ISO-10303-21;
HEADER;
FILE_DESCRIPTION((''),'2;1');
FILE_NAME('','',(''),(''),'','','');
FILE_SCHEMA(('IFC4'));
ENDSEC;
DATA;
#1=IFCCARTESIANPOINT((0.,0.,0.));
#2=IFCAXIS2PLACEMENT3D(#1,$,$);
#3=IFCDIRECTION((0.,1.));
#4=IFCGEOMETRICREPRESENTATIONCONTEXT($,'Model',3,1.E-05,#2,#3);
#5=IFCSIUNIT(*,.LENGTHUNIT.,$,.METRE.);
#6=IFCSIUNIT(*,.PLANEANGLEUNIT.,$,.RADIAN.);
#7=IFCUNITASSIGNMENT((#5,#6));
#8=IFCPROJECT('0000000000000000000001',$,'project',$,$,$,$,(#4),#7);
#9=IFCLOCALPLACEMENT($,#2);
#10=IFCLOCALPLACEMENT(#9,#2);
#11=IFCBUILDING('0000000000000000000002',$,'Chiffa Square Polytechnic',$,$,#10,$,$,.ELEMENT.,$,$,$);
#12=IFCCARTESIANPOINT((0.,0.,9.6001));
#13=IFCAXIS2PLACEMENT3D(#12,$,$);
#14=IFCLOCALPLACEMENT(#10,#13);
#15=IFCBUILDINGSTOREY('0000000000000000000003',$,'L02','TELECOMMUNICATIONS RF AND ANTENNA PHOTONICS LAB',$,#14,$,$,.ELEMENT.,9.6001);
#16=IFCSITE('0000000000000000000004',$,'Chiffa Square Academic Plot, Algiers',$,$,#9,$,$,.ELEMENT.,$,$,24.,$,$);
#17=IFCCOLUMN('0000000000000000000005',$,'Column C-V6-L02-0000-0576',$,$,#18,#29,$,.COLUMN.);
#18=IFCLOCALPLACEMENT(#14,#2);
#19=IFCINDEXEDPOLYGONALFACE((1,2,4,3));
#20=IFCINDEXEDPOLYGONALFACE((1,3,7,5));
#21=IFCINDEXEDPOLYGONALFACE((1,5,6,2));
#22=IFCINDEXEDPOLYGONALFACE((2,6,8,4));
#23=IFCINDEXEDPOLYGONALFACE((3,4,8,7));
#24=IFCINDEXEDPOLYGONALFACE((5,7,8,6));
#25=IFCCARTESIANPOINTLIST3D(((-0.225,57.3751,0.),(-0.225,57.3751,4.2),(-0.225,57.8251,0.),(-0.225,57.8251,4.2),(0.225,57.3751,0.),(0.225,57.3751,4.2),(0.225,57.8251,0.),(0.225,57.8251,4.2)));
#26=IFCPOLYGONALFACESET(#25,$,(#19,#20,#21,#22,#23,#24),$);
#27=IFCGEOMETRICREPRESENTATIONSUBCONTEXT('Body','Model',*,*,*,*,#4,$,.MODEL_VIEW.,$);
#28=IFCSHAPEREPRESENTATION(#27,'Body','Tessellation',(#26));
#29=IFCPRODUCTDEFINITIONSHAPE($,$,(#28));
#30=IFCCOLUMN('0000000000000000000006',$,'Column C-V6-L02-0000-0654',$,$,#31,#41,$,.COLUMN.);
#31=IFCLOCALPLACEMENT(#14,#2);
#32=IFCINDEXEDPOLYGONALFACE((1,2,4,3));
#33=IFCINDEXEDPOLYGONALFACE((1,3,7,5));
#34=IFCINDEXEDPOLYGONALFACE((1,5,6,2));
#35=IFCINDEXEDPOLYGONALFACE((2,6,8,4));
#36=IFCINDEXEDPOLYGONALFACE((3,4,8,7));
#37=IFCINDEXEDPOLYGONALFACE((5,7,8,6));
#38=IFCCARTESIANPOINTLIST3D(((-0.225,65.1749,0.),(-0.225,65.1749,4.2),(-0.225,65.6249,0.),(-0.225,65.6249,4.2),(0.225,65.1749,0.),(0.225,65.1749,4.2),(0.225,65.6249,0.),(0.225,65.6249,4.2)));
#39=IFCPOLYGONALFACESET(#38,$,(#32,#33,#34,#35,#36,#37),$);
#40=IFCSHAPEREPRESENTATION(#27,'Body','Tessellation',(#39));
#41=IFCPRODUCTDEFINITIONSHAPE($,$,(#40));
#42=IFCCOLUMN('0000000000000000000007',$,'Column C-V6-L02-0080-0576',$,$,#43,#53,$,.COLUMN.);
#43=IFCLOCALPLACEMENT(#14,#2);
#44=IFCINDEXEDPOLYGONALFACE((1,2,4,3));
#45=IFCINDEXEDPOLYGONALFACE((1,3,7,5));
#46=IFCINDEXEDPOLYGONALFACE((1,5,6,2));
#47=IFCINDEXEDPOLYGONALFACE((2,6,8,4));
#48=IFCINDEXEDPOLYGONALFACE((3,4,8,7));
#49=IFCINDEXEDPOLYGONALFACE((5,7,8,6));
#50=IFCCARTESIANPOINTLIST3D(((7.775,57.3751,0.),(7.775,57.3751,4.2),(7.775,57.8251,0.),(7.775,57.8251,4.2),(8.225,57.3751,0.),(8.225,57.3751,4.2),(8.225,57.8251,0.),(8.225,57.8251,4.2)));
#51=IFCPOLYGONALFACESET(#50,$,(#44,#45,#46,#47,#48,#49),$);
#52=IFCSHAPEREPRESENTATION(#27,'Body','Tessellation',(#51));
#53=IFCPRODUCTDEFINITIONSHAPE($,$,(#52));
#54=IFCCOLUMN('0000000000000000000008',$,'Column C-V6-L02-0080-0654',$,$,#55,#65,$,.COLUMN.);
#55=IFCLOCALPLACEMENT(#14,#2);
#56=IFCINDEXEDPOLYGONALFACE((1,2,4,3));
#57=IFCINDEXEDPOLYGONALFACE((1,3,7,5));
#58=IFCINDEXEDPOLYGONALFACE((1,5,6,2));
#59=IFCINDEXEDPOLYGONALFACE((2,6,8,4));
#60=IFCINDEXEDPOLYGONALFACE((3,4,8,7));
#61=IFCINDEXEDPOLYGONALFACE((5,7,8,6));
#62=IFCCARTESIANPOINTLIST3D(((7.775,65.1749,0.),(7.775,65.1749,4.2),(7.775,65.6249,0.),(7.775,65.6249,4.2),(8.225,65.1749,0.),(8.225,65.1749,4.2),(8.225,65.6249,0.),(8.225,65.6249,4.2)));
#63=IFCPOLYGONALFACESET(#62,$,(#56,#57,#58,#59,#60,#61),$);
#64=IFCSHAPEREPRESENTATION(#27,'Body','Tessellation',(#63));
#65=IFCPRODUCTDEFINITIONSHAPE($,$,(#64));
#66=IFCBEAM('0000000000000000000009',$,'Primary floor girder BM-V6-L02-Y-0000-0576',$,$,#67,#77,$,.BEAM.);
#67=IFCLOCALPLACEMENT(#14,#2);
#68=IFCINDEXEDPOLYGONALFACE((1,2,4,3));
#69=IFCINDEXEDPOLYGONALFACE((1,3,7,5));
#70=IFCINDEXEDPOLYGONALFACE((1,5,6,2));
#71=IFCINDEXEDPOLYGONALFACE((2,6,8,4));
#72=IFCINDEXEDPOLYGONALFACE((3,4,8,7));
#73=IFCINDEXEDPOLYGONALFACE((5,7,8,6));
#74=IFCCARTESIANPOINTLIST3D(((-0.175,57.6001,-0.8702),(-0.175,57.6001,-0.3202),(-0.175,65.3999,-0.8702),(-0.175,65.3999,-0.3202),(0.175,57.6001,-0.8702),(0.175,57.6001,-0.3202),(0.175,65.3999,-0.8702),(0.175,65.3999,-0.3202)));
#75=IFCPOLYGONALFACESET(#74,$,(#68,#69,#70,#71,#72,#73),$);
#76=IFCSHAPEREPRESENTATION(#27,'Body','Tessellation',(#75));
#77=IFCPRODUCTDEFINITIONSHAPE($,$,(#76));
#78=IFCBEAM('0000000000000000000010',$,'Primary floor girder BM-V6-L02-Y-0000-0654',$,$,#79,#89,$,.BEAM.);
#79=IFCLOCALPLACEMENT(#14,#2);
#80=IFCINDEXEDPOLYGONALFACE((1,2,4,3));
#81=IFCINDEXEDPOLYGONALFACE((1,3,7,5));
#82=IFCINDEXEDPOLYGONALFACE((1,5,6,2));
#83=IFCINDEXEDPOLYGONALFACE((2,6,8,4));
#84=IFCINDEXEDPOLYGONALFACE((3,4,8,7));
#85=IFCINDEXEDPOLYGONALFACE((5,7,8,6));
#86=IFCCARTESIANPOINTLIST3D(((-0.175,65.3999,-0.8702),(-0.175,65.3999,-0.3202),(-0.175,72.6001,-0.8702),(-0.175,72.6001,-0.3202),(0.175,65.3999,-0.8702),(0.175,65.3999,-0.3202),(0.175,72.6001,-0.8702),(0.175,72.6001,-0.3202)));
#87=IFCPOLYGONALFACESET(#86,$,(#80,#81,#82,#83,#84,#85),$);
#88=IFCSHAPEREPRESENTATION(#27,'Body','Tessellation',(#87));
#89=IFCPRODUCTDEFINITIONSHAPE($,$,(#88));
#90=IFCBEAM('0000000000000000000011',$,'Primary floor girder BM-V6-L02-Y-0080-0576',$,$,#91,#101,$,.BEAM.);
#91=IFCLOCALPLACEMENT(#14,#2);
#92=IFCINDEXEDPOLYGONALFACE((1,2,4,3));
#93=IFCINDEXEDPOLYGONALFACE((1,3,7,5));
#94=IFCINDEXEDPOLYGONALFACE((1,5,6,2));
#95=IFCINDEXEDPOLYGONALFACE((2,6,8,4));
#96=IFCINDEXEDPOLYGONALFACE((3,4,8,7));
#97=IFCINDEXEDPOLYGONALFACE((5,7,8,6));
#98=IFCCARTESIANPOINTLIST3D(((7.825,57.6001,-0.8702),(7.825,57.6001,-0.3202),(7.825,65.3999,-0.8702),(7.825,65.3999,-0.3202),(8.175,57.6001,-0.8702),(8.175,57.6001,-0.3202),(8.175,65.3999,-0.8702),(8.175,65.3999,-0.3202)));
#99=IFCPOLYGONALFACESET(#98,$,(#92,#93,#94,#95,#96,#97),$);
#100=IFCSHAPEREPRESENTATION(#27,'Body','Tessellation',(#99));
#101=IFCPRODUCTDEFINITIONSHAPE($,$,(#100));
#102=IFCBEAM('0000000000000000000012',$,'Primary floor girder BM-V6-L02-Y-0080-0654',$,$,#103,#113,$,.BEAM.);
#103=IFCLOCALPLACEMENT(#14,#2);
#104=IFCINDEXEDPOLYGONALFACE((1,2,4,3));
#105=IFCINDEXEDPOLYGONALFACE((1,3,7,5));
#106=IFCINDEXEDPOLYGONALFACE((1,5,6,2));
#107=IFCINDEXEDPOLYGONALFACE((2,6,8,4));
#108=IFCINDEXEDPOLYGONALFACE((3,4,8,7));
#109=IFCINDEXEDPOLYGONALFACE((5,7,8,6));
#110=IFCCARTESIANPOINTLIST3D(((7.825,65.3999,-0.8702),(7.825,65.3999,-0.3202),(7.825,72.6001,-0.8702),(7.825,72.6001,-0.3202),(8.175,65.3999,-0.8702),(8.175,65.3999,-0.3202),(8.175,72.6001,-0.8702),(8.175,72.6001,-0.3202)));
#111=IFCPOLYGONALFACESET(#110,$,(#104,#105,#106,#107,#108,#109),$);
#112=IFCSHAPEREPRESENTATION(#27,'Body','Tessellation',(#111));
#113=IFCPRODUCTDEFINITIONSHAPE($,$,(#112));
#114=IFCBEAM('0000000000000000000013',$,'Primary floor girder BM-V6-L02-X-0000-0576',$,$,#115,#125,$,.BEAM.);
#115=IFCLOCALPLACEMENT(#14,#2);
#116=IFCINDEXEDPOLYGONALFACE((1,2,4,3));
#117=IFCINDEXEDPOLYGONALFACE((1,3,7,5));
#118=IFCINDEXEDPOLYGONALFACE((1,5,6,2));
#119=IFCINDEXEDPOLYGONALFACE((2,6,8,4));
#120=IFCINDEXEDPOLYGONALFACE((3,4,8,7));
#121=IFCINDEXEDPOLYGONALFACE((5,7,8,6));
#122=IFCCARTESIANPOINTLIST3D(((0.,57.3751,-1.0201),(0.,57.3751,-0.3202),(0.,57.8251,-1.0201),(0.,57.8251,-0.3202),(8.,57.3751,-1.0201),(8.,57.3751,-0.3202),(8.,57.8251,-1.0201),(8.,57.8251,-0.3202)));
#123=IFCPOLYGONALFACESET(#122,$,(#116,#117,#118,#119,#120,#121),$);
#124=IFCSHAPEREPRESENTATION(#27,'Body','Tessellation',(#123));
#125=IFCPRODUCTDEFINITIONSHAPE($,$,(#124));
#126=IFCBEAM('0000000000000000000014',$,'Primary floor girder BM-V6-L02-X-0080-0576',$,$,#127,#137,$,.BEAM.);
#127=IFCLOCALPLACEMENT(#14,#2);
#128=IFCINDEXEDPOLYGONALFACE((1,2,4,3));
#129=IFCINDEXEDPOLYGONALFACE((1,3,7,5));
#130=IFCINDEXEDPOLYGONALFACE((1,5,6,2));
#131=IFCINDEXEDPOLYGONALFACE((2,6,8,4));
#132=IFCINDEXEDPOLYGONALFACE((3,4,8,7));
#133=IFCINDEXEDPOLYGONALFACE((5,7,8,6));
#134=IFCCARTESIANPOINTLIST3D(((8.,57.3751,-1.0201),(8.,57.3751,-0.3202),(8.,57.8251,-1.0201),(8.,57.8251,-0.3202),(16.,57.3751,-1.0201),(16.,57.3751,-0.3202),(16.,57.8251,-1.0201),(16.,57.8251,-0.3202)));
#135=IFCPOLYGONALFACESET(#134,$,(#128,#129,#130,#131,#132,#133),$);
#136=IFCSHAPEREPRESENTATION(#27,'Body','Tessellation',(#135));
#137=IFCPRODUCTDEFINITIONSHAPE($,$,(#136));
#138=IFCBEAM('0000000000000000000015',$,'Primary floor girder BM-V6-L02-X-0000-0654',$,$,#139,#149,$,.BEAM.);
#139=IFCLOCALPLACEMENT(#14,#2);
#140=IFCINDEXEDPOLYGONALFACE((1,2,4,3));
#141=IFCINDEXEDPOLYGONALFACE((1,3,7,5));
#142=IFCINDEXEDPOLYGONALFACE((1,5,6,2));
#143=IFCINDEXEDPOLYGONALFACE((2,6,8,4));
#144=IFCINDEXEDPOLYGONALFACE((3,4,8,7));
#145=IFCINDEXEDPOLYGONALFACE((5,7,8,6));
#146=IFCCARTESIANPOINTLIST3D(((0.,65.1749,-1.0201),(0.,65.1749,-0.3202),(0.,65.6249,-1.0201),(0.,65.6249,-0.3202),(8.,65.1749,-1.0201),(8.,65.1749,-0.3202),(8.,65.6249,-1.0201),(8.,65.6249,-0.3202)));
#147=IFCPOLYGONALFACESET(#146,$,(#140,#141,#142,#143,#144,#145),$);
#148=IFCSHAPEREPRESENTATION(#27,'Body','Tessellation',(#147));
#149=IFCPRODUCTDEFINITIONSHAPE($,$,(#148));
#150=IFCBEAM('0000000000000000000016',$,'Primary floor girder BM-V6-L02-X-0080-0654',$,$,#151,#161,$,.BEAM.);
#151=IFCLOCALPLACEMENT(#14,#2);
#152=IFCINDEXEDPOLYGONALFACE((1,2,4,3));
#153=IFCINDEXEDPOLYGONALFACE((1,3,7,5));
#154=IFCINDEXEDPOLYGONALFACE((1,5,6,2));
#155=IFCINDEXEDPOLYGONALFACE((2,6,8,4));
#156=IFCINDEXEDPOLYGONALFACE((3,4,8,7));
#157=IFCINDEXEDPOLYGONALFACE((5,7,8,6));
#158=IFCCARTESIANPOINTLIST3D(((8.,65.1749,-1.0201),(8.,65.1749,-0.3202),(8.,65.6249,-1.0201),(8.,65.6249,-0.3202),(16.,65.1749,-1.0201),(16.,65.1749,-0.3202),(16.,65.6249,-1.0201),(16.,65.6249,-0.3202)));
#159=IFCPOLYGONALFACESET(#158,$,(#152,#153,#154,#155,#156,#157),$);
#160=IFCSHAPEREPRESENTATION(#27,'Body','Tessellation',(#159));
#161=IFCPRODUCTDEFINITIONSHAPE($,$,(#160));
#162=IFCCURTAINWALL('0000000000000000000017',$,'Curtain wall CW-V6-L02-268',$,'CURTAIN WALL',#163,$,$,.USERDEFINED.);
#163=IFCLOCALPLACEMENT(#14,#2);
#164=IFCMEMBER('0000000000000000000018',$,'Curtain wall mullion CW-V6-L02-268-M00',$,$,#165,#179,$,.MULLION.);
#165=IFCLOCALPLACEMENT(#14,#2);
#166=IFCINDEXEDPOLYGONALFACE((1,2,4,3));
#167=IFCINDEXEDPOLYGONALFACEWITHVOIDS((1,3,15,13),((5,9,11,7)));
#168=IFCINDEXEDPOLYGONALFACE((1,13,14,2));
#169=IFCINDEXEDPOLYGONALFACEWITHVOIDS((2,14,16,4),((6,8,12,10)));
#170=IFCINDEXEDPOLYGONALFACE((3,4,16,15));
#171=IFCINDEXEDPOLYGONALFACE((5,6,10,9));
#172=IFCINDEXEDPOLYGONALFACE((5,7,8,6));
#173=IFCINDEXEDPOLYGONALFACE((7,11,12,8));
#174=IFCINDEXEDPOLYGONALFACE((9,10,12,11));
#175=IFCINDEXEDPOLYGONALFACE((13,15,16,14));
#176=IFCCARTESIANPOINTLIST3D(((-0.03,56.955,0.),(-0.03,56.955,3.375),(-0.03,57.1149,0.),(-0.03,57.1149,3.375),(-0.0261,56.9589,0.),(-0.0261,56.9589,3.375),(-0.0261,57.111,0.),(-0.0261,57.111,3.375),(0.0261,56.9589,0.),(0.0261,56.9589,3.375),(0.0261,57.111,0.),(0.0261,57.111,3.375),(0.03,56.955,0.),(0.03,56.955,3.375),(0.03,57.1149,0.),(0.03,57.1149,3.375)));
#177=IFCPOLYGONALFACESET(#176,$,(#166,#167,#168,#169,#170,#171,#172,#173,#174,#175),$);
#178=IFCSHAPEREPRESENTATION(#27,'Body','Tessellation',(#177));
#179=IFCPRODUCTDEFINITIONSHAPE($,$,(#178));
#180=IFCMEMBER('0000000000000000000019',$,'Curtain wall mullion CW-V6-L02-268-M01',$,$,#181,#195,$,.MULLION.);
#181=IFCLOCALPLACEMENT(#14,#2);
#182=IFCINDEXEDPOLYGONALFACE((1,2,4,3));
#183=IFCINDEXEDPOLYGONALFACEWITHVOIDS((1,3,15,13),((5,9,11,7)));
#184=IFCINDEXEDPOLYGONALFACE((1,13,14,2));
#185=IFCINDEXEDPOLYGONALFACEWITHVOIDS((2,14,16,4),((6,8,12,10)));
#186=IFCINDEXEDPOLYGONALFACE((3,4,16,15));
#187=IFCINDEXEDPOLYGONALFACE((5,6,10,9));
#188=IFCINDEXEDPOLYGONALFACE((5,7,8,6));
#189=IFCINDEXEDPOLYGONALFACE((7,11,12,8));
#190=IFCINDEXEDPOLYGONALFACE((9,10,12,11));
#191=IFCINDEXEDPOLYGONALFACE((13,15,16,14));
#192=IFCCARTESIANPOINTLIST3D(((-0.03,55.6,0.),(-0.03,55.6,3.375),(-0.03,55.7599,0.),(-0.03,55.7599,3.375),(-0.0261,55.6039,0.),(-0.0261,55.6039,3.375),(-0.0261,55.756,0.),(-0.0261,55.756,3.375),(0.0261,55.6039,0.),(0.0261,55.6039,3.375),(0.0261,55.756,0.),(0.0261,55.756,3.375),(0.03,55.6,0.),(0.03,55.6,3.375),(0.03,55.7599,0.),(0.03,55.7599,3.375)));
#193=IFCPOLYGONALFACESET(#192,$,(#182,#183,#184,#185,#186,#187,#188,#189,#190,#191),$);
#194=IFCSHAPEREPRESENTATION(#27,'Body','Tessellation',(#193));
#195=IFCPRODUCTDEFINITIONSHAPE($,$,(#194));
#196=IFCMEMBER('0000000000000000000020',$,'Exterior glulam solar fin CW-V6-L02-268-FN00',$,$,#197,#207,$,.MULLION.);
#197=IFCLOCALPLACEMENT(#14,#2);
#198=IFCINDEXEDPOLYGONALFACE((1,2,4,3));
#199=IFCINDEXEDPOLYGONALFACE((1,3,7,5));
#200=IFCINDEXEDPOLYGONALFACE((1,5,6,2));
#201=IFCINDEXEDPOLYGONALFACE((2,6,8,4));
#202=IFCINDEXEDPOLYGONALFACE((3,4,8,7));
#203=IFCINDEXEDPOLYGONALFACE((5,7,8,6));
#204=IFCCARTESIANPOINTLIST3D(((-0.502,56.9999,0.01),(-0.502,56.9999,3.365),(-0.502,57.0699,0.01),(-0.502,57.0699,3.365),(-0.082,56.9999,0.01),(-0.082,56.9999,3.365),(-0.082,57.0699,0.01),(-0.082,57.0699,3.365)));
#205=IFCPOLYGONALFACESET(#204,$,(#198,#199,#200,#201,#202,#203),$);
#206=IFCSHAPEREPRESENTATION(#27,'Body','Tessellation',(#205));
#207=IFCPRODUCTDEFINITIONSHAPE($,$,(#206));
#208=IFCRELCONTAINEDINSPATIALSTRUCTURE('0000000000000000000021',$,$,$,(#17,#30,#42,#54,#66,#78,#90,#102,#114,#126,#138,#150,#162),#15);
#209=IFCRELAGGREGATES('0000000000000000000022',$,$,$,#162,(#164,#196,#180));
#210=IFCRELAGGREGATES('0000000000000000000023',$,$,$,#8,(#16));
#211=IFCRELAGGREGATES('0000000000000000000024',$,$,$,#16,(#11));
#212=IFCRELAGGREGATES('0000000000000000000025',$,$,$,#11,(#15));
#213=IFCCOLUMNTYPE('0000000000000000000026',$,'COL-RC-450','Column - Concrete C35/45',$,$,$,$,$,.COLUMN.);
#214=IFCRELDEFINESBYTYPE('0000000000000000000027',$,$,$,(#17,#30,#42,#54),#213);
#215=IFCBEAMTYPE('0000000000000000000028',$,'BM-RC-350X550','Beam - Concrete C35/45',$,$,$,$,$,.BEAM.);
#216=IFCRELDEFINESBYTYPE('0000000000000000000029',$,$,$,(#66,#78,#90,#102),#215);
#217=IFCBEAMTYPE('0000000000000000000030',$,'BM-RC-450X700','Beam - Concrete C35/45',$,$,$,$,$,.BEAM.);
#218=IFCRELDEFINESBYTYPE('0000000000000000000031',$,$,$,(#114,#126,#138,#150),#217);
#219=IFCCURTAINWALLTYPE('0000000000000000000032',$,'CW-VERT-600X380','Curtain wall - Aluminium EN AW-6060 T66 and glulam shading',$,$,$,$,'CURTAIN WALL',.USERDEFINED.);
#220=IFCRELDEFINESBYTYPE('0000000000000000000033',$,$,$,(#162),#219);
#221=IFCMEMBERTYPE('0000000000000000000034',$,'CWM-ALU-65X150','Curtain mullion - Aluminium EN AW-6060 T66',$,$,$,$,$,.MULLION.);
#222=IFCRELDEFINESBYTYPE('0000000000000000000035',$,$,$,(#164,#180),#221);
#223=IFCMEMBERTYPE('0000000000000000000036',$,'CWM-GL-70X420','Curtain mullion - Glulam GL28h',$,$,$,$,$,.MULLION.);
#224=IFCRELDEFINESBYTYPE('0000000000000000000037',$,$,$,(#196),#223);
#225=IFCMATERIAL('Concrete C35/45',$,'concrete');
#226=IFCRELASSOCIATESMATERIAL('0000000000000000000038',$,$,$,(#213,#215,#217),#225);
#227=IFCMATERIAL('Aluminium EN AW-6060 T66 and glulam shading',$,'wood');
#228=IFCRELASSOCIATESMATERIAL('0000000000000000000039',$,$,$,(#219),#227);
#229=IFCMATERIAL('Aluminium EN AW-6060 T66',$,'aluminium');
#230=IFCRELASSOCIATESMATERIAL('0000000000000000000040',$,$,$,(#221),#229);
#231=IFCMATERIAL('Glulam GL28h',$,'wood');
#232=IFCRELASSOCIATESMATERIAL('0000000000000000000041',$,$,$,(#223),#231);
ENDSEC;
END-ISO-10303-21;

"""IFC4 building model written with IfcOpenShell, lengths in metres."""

from ifc_helpers import new_model, si_unit, direction, frame, origin, origin_2d, place, context, subcontext, project, spatial, rectangle, hollow_rectangle, extrude, material, material_profile, profile_set, type_object, element, aggregate, save


model = new_model("IFC4")

# Units and contexts
model_context = context("Model", 3, precision=1e-05, world=origin(), true_north=direction((0.0, 1.0)))
body_context = subcontext(model_context, "Body", "Model", "MODEL_VIEW")
ifc_project = project(units=[si_unit("LENGTHUNIT", "METRE"), si_unit("PLANEANGLEUNIT", "RADIAN")], contexts=[model_context])

# Site, building, storey
site_placement = place(None, origin())
site = spatial("IfcSite", under=ifc_project, at=site_placement, Name="Chiffa Square Academic Plot, Algiers", CompositionType="ELEMENT", RefElevation=24.0)
building_placement = place(site_placement, origin())
building = spatial("IfcBuilding", under=site, at=building_placement, Name="Chiffa Square Polytechnic", CompositionType="ELEMENT")
storey_placement = place(building_placement, frame((0.0, 0.0, 9.6001)))
storey = spatial("IfcBuildingStorey", under=building, at=storey_placement, Name="L02", Description="TELECOMMUNICATIONS RF AND ANTENNA PHOTONICS LAB", CompositionType="ELEMENT", Elevation=9.6001)

# Columns
ifc_material_1 = material(Name="Concrete C35/45", Category="concrete")
ifc_material_profile_1 = material_profile(ifc_material_1, rectangle(XDim=0.45, YDim=0.45, at=origin_2d()), Name="RC 450x450")
ifc_profile_set_1 = profile_set([ifc_material_profile_1], Name="Concrete C35/45")
column_type = type_object("IfcColumnType", Name="COL-RC-450", Description="Column - Concrete C35/45", PredefinedType="COLUMN", material=ifc_profile_set_1)
for number, where, z_axis, x_axis, name in (
    (1, (0.0, 57.6001, 0.0), (0.0, 0.0, 1.0), (1.0, 0.0, 0.0), "Column C-V6-L02-0000-0576"),
    (2, (0.0, 65.3999, 0.0), (0.0, 0.0, 1.0), (1.0, 0.0, 0.0), "Column C-V6-L02-0000-0654"),
    (3, (8.0, 57.6001, 0.0), (0.0, 0.0, 1.0), (1.0, 0.0, 0.0), "Column C-V6-L02-0080-0576"),
    (4, (8.0, 65.3999, 0.0), (0.0, 0.0, 1.0), (1.0, 0.0, 0.0), "Column C-V6-L02-0080-0654"),
):
    element("IfcColumn", number, at=place(storey_placement, frame(where, z_axis=z_axis, x_axis=x_axis)), inside=storey, type_object=column_type, Name=name, PredefinedType="COLUMN", context=body_context, shape_type="SweptSolid", body=[
        extrude(rectangle(XDim=0.45, YDim=0.45, at=origin_2d()), origin(), (0.0, 0.0, 1.0), 4.2),
    ])

# Beams
ifc_material_profile_2 = material_profile(ifc_material_1, rectangle(XDim=0.3501, YDim=0.55, at=origin_2d()), Name="RC 350x550")
ifc_profile_set_2 = profile_set([ifc_material_profile_2], Name="Concrete C35/45")
beam_type_1 = type_object("IfcBeamType", Name="BM-RC-350X550", Description="Beam - Concrete C35/45", PredefinedType="BEAM", material=ifc_profile_set_2)
beam_1_placement = place(storey_placement, frame((0.0, 57.6001, -0.5952), z_axis=(0.0, 1.0, 0.0), x_axis=(-1.0, 0.0, 0.0)))
element("IfcBeam", 5, at=beam_1_placement, inside=storey, type_object=beam_type_1, Name="Primary floor girder BM-V6-L02-Y-0000-0576", PredefinedType="BEAM", context=body_context, shape_type="SweptSolid", body=[
    extrude(rectangle(XDim=0.3501, YDim=0.55, at=origin_2d()), origin(), (0.0, 0.0, 1.0), 7.7998),
])
beam_2_placement = place(storey_placement, frame((0.0, 65.3999, -0.5952), z_axis=(0.0, 1.0, 0.0), x_axis=(-1.0, 0.0, 0.0)))
element("IfcBeam", 6, at=beam_2_placement, inside=storey, type_object=beam_type_1, Name="Primary floor girder BM-V6-L02-Y-0000-0654", PredefinedType="BEAM", context=body_context, shape_type="SweptSolid", body=[
    extrude(rectangle(XDim=0.3501, YDim=0.55, at=origin_2d()), origin(), (0.0, 0.0, 1.0), 7.2002),
])
beam_3_placement = place(storey_placement, frame((8.0, 57.6001, -0.5952), z_axis=(0.0, 1.0, 0.0), x_axis=(-1.0, 0.0, 0.0)))
element("IfcBeam", 7, at=beam_3_placement, inside=storey, type_object=beam_type_1, Name="Primary floor girder BM-V6-L02-Y-0080-0576", PredefinedType="BEAM", context=body_context, shape_type="SweptSolid", body=[
    extrude(rectangle(XDim=0.3501, YDim=0.55, at=origin_2d()), origin(), (0.0, 0.0, 1.0), 7.7998),
])
beam_4_placement = place(storey_placement, frame((8.0, 65.3999, -0.5952), z_axis=(0.0, 1.0, 0.0), x_axis=(-1.0, 0.0, 0.0)))
element("IfcBeam", 8, at=beam_4_placement, inside=storey, type_object=beam_type_1, Name="Primary floor girder BM-V6-L02-Y-0080-0654", PredefinedType="BEAM", context=body_context, shape_type="SweptSolid", body=[
    extrude(rectangle(XDim=0.3501, YDim=0.55, at=origin_2d()), origin(), (0.0, 0.0, 1.0), 7.2002),
])
ifc_material_profile_3 = material_profile(ifc_material_1, rectangle(XDim=0.45, YDim=0.7, at=origin_2d()), Name="RC 450x700")
ifc_profile_set_3 = profile_set([ifc_material_profile_3], Name="Concrete C35/45")
beam_type_2 = type_object("IfcBeamType", Name="BM-RC-450X700", Description="Beam - Concrete C35/45", PredefinedType="BEAM", material=ifc_profile_set_3)
for number, where, z_axis, x_axis, name in (
    (9, (0.0, 57.6001, -0.6702), (1.0, 0.0, 0.0), (0.0, 1.0, 0.0), "Primary floor girder BM-V6-L02-X-0000-0576"),
    (10, (8.0, 57.6001, -0.6702), (1.0, 0.0, 0.0), (0.0, 1.0, 0.0), "Primary floor girder BM-V6-L02-X-0080-0576"),
    (11, (0.0, 65.3999, -0.6702), (1.0, 0.0, 0.0), (0.0, 1.0, 0.0), "Primary floor girder BM-V6-L02-X-0000-0654"),
    (12, (8.0, 65.3999, -0.6702), (1.0, 0.0, 0.0), (0.0, 1.0, 0.0), "Primary floor girder BM-V6-L02-X-0080-0654"),
):
    element("IfcBeam", number, at=place(storey_placement, frame(where, z_axis=z_axis, x_axis=x_axis)), inside=storey, type_object=beam_type_2, Name=name, PredefinedType="BEAM", context=body_context, shape_type="SweptSolid", body=[
        extrude(rectangle(XDim=0.45, YDim=0.7, at=origin_2d()), origin(), (0.0, 0.0, 1.0), 8.0),
    ])

# Curtain wall, members
ifc_material_2 = material(Name="Aluminium EN AW-6060 T66 and glulam shading", Category="wood")
curtain_wall_type = type_object("IfcCurtainWallType", Name="CW-VERT-600X380", Description="Curtain wall - Aluminium EN AW-6060 T66 and glulam shading", ElementType="CURTAIN WALL", PredefinedType="USERDEFINED", material=ifc_material_2)
curtain_wall_placement = place(storey_placement, origin())
curtain_wall = element("IfcCurtainWall", 13, at=curtain_wall_placement, inside=storey, type_object=curtain_wall_type, Name="Curtain wall CW-V6-L02-268", ObjectType="CURTAIN WALL", PredefinedType="USERDEFINED")
ifc_material_3 = material(Name="Aluminium EN AW-6060 T66", Category="aluminium")
ifc_material_profile_4 = material_profile(ifc_material_3, hollow_rectangle(XDim=0.0601, YDim=0.1599, WallThickness=0.0039, at=origin_2d()), Name="ALU 60x160x4")
ifc_profile_set_4 = profile_set([ifc_material_profile_4], Name="Aluminium EN AW-6060 T66")
member_type_1 = type_object("IfcMemberType", Name="CWM-ALU-65X150", Description="Curtain mullion - Aluminium EN AW-6060 T66", PredefinedType="MULLION", material=ifc_profile_set_4)
member_1_placement = place(storey_placement, frame((0.0, 57.0349, 0.0), z_axis=(0.0, 0.0, 1.0), x_axis=(1.0, 0.0, 0.0)))
member_1 = element("IfcMember", 14, at=member_1_placement, type_object=member_type_1, Name="Curtain wall mullion CW-V6-L02-268-M00", PredefinedType="MULLION", context=body_context, shape_type="SweptSolid", body=[
    extrude(hollow_rectangle(XDim=0.0601, YDim=0.1599, WallThickness=0.0039, at=origin_2d()), origin(), (0.0, 0.0, 1.0), 3.375),
])
member_2_placement = place(storey_placement, frame((0.0, 55.6799, 0.0), z_axis=(0.0, 0.0, 1.0), x_axis=(1.0, 0.0, 0.0)))
member_2 = element("IfcMember", 15, at=member_2_placement, type_object=member_type_1, Name="Curtain wall mullion CW-V6-L02-268-M01", PredefinedType="MULLION", context=body_context, shape_type="SweptSolid", body=[
    extrude(hollow_rectangle(XDim=0.0601, YDim=0.1599, WallThickness=0.0039, at=origin_2d()), origin(), (0.0, 0.0, 1.0), 3.375),
])
ifc_material_4 = material(Name="Glulam GL28h", Category="wood")
ifc_material_profile_5 = material_profile(ifc_material_4, rectangle(XDim=0.0701, YDim=0.4199, at=origin_2d()), Name="GL28h 70x420")
ifc_profile_set_5 = profile_set([ifc_material_profile_5], Name="Glulam GL28h")
member_type_2 = type_object("IfcMemberType", Name="CWM-GL-70X420", Description="Curtain mullion - Glulam GL28h", PredefinedType="MULLION", material=ifc_profile_set_5)
member_3_placement = place(storey_placement, frame((-0.292, 57.0349, 0.01), z_axis=(0.0, 0.0, 1.0), x_axis=(0.0, -1.0, 0.0)))
member_3 = element("IfcMember", 16, at=member_3_placement, type_object=member_type_2, Name="Exterior glulam solar fin CW-V6-L02-268-FN00", PredefinedType="MULLION", context=body_context, shape_type="SweptSolid", body=[
    extrude(rectangle(XDim=0.0701, YDim=0.4199, at=origin_2d()), origin(), (0.0, 0.0, 1.0), 3.355),
])

aggregate(curtain_wall, [member_1, member_3, member_2])

save(model, "model.ifc")
